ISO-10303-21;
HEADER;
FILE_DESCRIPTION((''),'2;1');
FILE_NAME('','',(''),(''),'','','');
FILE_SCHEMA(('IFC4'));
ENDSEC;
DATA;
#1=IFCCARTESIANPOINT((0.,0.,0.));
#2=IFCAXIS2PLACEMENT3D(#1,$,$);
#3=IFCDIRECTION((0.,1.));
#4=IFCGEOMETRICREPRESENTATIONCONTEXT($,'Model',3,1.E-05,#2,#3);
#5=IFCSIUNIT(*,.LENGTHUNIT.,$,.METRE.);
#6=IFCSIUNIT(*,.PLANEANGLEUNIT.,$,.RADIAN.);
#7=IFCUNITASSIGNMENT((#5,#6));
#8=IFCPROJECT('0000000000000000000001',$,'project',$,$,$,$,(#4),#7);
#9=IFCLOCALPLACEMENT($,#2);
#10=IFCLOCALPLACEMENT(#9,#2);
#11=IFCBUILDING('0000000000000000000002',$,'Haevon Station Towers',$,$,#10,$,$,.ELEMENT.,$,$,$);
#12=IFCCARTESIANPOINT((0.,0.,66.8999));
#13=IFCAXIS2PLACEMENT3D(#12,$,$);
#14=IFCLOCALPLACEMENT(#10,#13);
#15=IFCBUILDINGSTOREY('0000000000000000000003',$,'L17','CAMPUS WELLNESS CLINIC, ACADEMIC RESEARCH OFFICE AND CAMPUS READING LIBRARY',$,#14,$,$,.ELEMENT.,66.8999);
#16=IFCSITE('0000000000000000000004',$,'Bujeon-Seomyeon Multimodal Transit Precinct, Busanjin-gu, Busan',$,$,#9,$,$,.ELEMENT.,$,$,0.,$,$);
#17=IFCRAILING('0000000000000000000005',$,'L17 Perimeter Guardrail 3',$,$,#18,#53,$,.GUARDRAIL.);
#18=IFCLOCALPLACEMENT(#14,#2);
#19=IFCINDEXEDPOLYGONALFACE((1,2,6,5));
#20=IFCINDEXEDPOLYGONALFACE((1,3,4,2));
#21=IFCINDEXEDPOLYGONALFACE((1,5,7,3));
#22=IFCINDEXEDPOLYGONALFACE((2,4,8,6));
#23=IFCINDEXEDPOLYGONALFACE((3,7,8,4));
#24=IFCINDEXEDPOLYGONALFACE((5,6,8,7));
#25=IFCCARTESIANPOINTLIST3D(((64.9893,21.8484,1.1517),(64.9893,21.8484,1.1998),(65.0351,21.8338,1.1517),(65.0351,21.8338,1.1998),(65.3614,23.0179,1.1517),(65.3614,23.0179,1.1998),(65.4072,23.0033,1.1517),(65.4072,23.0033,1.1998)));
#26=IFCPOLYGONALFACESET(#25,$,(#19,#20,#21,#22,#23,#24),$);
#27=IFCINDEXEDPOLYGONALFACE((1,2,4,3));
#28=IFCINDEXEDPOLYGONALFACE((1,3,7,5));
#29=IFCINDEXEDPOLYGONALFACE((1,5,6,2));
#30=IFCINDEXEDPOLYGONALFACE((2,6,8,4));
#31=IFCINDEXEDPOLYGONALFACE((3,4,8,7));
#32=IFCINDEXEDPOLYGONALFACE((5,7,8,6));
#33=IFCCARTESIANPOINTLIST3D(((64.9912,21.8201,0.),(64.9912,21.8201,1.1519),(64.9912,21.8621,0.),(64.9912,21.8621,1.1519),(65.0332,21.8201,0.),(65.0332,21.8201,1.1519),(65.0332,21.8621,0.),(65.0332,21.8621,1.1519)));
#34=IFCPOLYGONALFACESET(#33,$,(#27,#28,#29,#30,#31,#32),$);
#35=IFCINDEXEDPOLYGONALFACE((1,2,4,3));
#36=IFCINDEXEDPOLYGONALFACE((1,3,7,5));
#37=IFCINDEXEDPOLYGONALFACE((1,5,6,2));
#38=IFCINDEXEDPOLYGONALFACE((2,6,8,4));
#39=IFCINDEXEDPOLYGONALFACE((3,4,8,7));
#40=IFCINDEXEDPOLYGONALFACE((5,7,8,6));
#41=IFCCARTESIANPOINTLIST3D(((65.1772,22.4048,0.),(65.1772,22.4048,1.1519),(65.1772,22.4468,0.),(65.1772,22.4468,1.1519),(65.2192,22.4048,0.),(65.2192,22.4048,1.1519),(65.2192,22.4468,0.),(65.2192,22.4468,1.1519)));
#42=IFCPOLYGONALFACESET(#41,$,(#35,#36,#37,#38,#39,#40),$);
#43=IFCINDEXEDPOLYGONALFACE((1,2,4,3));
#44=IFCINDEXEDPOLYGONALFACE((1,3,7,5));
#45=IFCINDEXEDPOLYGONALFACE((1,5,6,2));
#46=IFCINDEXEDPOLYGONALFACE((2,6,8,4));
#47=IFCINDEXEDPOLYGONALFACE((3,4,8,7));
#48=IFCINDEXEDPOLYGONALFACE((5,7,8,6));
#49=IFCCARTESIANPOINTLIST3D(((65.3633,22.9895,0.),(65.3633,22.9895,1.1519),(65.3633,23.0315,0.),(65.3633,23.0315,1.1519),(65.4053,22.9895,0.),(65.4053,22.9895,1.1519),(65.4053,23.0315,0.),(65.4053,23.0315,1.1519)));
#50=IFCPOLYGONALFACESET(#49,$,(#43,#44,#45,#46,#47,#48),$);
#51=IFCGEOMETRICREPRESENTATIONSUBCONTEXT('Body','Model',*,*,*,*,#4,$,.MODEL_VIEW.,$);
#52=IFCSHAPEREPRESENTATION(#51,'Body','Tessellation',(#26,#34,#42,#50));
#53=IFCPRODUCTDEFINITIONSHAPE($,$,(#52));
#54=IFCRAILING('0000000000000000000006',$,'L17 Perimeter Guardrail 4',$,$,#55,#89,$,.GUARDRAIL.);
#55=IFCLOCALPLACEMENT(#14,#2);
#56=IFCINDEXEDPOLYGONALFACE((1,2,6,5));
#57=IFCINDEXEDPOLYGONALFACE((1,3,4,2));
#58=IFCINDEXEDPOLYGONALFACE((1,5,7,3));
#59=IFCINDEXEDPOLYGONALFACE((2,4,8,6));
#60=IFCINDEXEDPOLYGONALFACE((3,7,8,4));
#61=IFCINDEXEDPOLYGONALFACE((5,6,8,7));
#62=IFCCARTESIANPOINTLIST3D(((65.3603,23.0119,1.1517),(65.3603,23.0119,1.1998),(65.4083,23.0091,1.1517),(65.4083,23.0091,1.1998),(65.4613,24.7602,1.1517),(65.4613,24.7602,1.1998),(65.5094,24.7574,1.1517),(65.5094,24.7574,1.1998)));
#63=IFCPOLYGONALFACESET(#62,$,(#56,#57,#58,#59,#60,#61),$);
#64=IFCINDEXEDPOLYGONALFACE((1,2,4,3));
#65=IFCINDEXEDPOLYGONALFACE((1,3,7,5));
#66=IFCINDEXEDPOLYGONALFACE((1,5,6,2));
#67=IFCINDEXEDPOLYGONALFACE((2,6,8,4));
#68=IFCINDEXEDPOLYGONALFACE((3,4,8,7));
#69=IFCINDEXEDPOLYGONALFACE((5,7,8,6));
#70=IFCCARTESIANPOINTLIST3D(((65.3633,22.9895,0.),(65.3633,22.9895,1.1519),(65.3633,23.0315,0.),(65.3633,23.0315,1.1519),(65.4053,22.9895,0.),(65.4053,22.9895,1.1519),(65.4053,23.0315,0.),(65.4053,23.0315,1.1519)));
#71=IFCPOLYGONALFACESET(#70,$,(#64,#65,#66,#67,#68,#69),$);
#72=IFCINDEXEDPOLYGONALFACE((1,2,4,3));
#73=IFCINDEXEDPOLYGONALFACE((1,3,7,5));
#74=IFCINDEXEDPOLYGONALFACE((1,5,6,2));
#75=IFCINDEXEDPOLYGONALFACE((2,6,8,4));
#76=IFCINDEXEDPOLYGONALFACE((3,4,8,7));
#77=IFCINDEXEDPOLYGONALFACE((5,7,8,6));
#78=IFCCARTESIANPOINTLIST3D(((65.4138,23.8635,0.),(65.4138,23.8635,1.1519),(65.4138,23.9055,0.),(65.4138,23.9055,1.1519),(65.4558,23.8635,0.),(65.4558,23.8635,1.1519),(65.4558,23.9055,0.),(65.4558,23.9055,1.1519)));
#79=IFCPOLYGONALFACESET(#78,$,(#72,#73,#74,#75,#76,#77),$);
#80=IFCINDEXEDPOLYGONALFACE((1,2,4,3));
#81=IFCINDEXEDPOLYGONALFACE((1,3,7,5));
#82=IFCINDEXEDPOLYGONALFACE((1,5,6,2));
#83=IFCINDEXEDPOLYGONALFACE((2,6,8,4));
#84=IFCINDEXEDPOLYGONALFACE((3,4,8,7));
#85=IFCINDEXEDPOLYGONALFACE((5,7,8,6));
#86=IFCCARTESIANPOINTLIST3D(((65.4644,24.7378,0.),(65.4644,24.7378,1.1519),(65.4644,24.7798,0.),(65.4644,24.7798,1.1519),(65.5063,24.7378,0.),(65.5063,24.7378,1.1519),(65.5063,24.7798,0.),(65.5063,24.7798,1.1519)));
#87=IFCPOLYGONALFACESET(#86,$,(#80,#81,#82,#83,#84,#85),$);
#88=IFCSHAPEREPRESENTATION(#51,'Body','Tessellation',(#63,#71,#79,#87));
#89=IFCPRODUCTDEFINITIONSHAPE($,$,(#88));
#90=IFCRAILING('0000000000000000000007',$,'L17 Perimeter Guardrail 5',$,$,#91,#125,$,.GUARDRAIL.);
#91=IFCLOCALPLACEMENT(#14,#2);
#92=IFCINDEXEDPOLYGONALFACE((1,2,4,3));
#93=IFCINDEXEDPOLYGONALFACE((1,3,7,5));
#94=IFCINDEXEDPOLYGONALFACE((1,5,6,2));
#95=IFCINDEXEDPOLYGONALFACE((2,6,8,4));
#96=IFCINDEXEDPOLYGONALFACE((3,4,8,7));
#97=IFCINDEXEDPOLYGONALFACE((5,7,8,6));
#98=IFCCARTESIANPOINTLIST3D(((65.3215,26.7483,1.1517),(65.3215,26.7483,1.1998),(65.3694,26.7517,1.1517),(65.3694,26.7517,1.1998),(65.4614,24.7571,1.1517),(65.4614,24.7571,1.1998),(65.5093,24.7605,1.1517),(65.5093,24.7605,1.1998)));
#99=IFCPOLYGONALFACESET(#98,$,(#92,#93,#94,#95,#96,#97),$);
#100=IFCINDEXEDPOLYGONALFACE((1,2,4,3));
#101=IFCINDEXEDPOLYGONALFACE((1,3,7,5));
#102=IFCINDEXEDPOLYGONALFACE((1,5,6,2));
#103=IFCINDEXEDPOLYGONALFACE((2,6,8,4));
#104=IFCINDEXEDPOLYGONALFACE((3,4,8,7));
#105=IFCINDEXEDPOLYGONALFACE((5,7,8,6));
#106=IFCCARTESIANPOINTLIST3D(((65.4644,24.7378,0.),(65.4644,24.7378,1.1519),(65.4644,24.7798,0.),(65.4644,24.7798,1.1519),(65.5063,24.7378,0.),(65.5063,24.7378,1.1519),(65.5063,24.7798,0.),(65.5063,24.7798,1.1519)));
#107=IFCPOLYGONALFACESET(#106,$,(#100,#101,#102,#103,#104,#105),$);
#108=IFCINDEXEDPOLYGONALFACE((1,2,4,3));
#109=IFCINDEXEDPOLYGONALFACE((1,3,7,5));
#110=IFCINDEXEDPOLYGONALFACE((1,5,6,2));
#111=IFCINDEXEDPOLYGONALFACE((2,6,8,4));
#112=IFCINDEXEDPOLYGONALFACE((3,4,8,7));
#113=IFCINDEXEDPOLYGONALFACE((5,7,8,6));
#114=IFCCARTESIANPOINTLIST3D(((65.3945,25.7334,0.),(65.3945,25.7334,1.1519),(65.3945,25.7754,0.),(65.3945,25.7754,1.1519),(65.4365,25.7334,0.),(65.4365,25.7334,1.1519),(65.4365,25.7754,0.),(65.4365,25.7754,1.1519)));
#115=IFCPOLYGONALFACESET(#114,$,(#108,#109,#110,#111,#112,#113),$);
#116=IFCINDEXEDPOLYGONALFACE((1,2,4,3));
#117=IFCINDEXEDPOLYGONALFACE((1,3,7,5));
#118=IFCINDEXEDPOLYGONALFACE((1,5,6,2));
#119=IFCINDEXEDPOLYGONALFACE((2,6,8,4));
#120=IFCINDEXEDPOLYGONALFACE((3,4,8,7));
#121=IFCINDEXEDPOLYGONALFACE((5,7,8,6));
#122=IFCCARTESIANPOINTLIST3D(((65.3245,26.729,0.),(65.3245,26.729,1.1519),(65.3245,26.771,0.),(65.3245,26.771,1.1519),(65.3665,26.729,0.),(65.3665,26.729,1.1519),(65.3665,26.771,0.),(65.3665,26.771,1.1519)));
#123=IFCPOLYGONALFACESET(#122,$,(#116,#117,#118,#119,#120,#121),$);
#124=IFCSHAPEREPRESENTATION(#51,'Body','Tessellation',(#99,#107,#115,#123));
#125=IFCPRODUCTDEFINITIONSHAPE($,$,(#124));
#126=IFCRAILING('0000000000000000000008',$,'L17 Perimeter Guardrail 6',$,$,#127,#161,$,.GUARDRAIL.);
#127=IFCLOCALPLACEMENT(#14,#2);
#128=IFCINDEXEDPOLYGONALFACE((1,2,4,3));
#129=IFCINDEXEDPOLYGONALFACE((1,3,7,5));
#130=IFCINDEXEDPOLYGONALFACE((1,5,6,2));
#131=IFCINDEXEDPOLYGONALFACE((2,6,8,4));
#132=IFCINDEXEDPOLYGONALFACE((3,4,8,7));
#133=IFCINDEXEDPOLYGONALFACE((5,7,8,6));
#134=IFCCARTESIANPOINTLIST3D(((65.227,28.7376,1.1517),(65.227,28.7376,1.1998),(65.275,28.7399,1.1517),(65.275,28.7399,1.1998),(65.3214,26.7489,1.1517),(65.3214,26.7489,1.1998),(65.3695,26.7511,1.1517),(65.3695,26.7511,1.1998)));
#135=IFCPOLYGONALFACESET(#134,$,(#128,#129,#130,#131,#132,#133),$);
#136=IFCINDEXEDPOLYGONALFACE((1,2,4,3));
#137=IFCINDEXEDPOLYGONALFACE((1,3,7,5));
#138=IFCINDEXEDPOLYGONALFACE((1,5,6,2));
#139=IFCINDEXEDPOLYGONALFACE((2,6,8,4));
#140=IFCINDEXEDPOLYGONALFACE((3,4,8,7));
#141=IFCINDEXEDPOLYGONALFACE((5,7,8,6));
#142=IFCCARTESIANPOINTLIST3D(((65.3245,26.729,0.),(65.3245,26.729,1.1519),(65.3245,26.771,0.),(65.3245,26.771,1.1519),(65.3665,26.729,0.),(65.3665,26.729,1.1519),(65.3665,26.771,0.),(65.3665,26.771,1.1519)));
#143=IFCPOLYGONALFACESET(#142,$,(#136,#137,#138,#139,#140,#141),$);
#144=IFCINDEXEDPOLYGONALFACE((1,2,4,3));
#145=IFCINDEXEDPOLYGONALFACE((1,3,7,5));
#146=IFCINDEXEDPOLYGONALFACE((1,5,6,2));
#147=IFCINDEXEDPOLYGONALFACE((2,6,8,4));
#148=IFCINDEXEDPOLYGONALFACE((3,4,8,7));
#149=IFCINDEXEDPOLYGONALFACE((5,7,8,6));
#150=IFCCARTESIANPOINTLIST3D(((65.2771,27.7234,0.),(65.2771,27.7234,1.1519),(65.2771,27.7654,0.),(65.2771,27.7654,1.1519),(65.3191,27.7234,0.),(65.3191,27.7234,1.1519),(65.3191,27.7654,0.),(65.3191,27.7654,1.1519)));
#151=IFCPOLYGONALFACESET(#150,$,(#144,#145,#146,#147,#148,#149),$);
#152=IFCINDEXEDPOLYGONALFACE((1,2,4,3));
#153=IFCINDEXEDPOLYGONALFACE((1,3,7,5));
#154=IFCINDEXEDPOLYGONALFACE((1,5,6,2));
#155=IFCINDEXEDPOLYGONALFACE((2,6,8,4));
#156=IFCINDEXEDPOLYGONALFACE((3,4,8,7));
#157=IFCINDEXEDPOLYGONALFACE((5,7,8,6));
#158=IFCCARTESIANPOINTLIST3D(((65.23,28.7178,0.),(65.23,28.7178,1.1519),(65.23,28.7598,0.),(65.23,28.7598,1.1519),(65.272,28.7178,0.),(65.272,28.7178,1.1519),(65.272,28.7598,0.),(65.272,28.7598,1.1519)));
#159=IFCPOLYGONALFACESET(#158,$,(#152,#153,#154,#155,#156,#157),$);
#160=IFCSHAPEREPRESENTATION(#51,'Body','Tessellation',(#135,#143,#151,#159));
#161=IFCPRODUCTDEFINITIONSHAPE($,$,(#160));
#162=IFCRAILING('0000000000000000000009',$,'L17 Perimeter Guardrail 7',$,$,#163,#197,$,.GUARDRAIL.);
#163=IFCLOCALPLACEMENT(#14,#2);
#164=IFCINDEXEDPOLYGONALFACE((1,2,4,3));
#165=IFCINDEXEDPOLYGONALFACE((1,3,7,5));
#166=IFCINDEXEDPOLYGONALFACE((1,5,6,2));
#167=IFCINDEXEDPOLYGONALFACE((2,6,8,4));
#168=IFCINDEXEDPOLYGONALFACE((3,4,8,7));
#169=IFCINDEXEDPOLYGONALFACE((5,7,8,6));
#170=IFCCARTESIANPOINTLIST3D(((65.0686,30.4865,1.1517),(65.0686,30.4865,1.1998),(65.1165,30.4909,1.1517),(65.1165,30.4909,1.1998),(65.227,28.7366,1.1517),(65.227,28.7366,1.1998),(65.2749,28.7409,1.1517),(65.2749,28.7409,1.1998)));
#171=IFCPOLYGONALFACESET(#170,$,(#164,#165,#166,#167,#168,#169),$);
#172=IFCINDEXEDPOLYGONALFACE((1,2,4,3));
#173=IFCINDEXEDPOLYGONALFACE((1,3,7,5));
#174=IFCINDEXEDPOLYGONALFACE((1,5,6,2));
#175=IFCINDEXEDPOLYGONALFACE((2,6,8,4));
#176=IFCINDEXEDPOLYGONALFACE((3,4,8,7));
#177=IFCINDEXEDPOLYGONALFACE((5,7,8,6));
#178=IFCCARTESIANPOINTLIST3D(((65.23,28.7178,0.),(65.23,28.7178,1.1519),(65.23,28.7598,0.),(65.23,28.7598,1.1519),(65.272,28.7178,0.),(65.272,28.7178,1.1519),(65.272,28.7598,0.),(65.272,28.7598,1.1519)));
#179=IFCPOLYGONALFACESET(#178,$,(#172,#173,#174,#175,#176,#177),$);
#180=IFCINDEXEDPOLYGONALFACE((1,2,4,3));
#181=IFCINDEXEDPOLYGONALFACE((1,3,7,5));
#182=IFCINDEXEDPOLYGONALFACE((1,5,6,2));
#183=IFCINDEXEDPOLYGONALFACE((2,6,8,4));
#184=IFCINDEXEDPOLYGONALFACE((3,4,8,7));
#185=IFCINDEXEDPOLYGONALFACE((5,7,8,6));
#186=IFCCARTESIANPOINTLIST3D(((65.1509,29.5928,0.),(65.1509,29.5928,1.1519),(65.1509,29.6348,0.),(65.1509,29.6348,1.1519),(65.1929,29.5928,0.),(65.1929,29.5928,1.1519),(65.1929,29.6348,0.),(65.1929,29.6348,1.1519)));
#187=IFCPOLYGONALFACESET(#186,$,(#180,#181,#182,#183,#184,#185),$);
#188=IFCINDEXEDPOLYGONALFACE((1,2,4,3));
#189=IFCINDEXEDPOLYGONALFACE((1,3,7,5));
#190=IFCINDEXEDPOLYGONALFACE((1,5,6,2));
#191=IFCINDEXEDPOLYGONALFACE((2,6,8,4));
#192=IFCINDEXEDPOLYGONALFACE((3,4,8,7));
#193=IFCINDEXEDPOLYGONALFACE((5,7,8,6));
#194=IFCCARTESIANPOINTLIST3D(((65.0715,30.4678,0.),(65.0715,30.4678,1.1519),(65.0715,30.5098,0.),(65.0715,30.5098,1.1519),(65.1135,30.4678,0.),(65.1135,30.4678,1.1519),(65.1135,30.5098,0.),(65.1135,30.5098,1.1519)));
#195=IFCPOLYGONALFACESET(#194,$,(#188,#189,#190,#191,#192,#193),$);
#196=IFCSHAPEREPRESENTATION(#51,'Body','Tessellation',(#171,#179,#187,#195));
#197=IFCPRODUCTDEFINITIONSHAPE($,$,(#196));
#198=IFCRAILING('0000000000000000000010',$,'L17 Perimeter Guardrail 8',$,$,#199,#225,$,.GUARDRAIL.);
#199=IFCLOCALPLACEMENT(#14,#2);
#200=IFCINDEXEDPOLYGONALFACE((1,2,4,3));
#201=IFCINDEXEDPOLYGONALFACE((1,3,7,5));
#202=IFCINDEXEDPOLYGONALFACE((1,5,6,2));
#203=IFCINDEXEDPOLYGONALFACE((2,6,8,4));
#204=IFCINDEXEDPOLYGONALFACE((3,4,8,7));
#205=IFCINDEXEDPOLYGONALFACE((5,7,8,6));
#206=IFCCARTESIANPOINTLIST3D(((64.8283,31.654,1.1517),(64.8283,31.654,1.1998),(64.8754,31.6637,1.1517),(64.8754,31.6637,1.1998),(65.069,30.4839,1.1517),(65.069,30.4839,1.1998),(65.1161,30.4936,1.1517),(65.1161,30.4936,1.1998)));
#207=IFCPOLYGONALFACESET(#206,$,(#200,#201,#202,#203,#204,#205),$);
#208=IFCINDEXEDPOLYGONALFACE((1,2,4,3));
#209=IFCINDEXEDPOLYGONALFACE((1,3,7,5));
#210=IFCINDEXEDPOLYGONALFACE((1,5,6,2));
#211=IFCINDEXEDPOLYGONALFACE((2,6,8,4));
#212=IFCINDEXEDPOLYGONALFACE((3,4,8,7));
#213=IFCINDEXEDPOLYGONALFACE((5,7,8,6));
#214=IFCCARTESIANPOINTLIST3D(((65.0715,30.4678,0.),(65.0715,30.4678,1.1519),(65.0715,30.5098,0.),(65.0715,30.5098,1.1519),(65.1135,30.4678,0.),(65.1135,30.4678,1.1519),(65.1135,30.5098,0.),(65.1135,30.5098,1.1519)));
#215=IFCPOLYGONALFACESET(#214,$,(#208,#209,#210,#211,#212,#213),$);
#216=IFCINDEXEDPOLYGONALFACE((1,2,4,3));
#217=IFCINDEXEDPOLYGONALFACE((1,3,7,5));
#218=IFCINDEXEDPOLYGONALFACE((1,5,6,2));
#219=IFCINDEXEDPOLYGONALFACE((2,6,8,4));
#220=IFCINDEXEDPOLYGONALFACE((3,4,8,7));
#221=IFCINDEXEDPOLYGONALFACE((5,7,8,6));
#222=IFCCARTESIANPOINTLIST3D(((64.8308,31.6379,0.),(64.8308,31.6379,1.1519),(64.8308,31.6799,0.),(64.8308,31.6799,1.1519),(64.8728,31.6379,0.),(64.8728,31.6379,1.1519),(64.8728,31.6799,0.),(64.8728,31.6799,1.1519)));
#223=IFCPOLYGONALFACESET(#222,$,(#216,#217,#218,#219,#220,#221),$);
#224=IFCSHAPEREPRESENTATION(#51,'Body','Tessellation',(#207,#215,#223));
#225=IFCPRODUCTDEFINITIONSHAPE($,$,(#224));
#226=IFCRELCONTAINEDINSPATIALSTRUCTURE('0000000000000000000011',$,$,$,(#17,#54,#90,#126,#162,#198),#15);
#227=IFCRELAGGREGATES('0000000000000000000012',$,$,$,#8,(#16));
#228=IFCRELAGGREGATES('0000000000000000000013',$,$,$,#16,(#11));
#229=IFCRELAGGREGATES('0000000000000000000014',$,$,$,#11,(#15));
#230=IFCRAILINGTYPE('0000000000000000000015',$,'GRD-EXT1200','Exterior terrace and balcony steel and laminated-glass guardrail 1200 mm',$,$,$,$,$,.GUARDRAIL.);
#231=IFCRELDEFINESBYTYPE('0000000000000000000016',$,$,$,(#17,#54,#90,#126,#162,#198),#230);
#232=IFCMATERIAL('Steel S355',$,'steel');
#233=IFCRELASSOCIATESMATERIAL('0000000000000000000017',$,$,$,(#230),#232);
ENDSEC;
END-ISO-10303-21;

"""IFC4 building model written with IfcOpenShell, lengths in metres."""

from ifc_helpers import new_model, si_unit, direction, frame, origin, origin_2d, place, context, subcontext, project, spatial, rectangle, extrude, material, type_object, element, save


model = new_model("IFC4")

# Units and contexts
model_context = context("Model", 3, precision=1e-05, world=origin(), true_north=direction((0.0, 1.0)))
body_context = subcontext(model_context, "Body", "Model", "MODEL_VIEW")
ifc_project = project(units=[si_unit("LENGTHUNIT", "METRE"), si_unit("PLANEANGLEUNIT", "RADIAN")], contexts=[model_context])

# Site, building, storey
site_placement = place(None, origin())
site = spatial("IfcSite", under=ifc_project, at=site_placement, Name="Bujeon-Seomyeon Multimodal Transit Precinct, Busanjin-gu, Busan", CompositionType="ELEMENT", RefElevation=0.0)
building_placement = place(site_placement, origin())
building = spatial("IfcBuilding", under=site, at=building_placement, Name="Haevon Station Towers", CompositionType="ELEMENT")
storey_placement = place(building_placement, frame((0.0, 0.0, 66.8999)))
storey = spatial("IfcBuildingStorey", under=building, at=storey_placement, Name="L17", Description="CAMPUS WELLNESS CLINIC, ACADEMIC RESEARCH OFFICE AND CAMPUS READING LIBRARY", CompositionType="ELEMENT", Elevation=66.8999)

# Railings
ifc_material_1 = material(Name="Steel S355", Category="steel")
railing_type = type_object("IfcRailingType", Name="GRD-EXT1200", Description="Exterior terrace and balcony steel and laminated-glass guardrail 1200 mm", PredefinedType="GUARDRAIL", material=ifc_material_1)
railing_1_placement = place(storey_placement, frame((65.0122, 21.8411, 0.0)))
element("IfcRailing", 1, at=railing_1_placement, inside=storey, type_object=railing_type, Name="L17 Perimeter Guardrail 3", PredefinedType="GUARDRAIL", context=body_context, shape_type="SweptSolid", body=[
    extrude(rectangle(XDim=0.0481, YDim=0.0481, at=origin_2d()), frame((0.0, 0.0, 1.1758), z_axis=(0.303187, 0.952931, 0.0), x_axis=(-0.952931, 0.303187, 0.0)), (0.0, 0.0, 1.0), 1.2273),
    extrude(rectangle(XDim=0.042, YDim=0.042, at=origin_2d()), origin(), (0.0, 0.0, 1.0), 1.1519),
    extrude(rectangle(XDim=0.042, YDim=0.042, at=origin_2d()), frame((0.186, 0.5847, 0.0)), (0.0, 0.0, 1.0), 1.1519),
    extrude(rectangle(XDim=0.042, YDim=0.042, at=origin_2d()), frame((0.3721, 1.1694, 0.0)), (0.0, 0.0, 1.0), 1.1519),
])
railing_2_placement = place(storey_placement, frame((65.3843, 23.0105, 0.0)))
element("IfcRailing", 2, at=railing_2_placement, inside=storey, type_object=railing_type, Name="L17 Perimeter Guardrail 4", PredefinedType="GUARDRAIL", context=body_context, shape_type="SweptSolid", body=[
    extrude(rectangle(XDim=0.0481, YDim=0.0481, at=origin_2d()), frame((0.0, 0.0, 1.1758), z_axis=(0.057717, 0.998333, 0.0), x_axis=(-0.998333, 0.057717, 0.0)), (0.0, 0.0, 1.0), 1.7512),
    extrude(rectangle(XDim=0.042, YDim=0.042, at=origin_2d()), origin(), (0.0, 0.0, 1.0), 1.1519),
    extrude(rectangle(XDim=0.042, YDim=0.042, at=origin_2d()), frame((0.0505, 0.874, 0.0)), (0.0, 0.0, 1.0), 1.1519),
    extrude(rectangle(XDim=0.042, YDim=0.042, at=origin_2d()), frame((0.1011, 1.7483, 0.0)), (0.0, 0.0, 1.0), 1.1519),
])
railing_3_placement = place(storey_placement, frame((65.4854, 24.7588, 0.0)))
element("IfcRailing", 3, at=railing_3_placement, inside=storey, type_object=railing_type, Name="L17 Perimeter Guardrail 5", PredefinedType="GUARDRAIL", context=body_context, shape_type="SweptSolid", body=[
    extrude(rectangle(XDim=0.0481, YDim=0.0481, at=origin_2d()), frame((0.0, 0.0, 1.1758), z_axis=(-0.070082, 0.997541, 0.0), x_axis=(-0.997541, -0.070082, 0.0)), (0.0, 0.0, 1.0), 1.9961),
    extrude(rectangle(XDim=0.042, YDim=0.042, at=origin_2d()), origin(), (0.0, 0.0, 1.0), 1.1519),
    extrude(rectangle(XDim=0.042, YDim=0.042, at=origin_2d()), frame((-0.0698, 0.9956, 0.0)), (0.0, 0.0, 1.0), 1.1519),
    extrude(rectangle(XDim=0.042, YDim=0.042, at=origin_2d()), frame((-0.1399, 1.9912, 0.0)), (0.0, 0.0, 1.0), 1.1519),
])
railing_4_placement = place(storey_placement, frame((65.3455, 26.75, 0.0)))
element("IfcRailing", 4, at=railing_4_placement, inside=storey, type_object=railing_type, Name="L17 Perimeter Guardrail 6", PredefinedType="GUARDRAIL", context=body_context, shape_type="SweptSolid", body=[
    extrude(rectangle(XDim=0.0481, YDim=0.0481, at=origin_2d()), frame((0.0, 0.0, 1.1758), z_axis=(-0.047454, 0.998873, 0.0), x_axis=(-0.998873, -0.047454, 0.0)), (0.0, 0.0, 1.0), 1.991),
    extrude(rectangle(XDim=0.042, YDim=0.042, at=origin_2d()), origin(), (0.0, 0.0, 1.0), 1.1519),
    extrude(rectangle(XDim=0.042, YDim=0.042, at=origin_2d()), frame((-0.0474, 0.9944, 0.0)), (0.0, 0.0, 1.0), 1.1519),
    extrude(rectangle(XDim=0.042, YDim=0.042, at=origin_2d()), frame((-0.0945, 1.9888, 0.0)), (0.0, 0.0, 1.0), 1.1519),
])
railing_5_placement = place(storey_placement, frame((65.251, 28.7388, 0.0)))
element("IfcRailing", 5, at=railing_5_placement, inside=storey, type_object=railing_type, Name="L17 Perimeter Guardrail 7", PredefinedType="GUARDRAIL", context=body_context, shape_type="SweptSolid", body=[
    extrude(rectangle(XDim=0.0481, YDim=0.0481, at=origin_2d()), frame((0.0, 0.0, 1.1758), z_axis=(-0.090172, 0.995926, 0.0), x_axis=(-0.995926, -0.090172, 0.0)), (0.0, 0.0, 1.0), 1.7571),
    extrude(rectangle(XDim=0.042, YDim=0.042, at=origin_2d()), origin(), (0.0, 0.0, 1.0), 1.1519),
    extrude(rectangle(XDim=0.042, YDim=0.042, at=origin_2d()), frame((-0.0791, 0.875, 0.0)), (0.0, 0.0, 1.0), 1.1519),
    extrude(rectangle(XDim=0.042, YDim=0.042, at=origin_2d()), frame((-0.1584, 1.75, 0.0)), (0.0, 0.0, 1.0), 1.1519),
])
railing_6_placement = place(storey_placement, frame((65.0925, 30.4888, 0.0)))
element("IfcRailing", 6, at=railing_6_placement, inside=storey, type_object=railing_type, Name="L17 Perimeter Guardrail 8", PredefinedType="GUARDRAIL", context=body_context, shape_type="SweptSolid", body=[
    extrude(rectangle(XDim=0.0481, YDim=0.0481, at=origin_2d()), frame((0.0, 0.0, 1.1758), z_axis=(-0.201497, 0.979489, 0.0), x_axis=(-0.979489, -0.201497, 0.0)), (0.0, 0.0, 1.0), 1.1946),
    extrude(rectangle(XDim=0.042, YDim=0.042, at=origin_2d()), origin(), (0.0, 0.0, 1.0), 1.1519),
    extrude(rectangle(XDim=0.042, YDim=0.042, at=origin_2d()), frame((-0.2407, 1.1702, 0.0)), (0.0, 0.0, 1.0), 1.1519),
])

save(model, "model.ifc")
